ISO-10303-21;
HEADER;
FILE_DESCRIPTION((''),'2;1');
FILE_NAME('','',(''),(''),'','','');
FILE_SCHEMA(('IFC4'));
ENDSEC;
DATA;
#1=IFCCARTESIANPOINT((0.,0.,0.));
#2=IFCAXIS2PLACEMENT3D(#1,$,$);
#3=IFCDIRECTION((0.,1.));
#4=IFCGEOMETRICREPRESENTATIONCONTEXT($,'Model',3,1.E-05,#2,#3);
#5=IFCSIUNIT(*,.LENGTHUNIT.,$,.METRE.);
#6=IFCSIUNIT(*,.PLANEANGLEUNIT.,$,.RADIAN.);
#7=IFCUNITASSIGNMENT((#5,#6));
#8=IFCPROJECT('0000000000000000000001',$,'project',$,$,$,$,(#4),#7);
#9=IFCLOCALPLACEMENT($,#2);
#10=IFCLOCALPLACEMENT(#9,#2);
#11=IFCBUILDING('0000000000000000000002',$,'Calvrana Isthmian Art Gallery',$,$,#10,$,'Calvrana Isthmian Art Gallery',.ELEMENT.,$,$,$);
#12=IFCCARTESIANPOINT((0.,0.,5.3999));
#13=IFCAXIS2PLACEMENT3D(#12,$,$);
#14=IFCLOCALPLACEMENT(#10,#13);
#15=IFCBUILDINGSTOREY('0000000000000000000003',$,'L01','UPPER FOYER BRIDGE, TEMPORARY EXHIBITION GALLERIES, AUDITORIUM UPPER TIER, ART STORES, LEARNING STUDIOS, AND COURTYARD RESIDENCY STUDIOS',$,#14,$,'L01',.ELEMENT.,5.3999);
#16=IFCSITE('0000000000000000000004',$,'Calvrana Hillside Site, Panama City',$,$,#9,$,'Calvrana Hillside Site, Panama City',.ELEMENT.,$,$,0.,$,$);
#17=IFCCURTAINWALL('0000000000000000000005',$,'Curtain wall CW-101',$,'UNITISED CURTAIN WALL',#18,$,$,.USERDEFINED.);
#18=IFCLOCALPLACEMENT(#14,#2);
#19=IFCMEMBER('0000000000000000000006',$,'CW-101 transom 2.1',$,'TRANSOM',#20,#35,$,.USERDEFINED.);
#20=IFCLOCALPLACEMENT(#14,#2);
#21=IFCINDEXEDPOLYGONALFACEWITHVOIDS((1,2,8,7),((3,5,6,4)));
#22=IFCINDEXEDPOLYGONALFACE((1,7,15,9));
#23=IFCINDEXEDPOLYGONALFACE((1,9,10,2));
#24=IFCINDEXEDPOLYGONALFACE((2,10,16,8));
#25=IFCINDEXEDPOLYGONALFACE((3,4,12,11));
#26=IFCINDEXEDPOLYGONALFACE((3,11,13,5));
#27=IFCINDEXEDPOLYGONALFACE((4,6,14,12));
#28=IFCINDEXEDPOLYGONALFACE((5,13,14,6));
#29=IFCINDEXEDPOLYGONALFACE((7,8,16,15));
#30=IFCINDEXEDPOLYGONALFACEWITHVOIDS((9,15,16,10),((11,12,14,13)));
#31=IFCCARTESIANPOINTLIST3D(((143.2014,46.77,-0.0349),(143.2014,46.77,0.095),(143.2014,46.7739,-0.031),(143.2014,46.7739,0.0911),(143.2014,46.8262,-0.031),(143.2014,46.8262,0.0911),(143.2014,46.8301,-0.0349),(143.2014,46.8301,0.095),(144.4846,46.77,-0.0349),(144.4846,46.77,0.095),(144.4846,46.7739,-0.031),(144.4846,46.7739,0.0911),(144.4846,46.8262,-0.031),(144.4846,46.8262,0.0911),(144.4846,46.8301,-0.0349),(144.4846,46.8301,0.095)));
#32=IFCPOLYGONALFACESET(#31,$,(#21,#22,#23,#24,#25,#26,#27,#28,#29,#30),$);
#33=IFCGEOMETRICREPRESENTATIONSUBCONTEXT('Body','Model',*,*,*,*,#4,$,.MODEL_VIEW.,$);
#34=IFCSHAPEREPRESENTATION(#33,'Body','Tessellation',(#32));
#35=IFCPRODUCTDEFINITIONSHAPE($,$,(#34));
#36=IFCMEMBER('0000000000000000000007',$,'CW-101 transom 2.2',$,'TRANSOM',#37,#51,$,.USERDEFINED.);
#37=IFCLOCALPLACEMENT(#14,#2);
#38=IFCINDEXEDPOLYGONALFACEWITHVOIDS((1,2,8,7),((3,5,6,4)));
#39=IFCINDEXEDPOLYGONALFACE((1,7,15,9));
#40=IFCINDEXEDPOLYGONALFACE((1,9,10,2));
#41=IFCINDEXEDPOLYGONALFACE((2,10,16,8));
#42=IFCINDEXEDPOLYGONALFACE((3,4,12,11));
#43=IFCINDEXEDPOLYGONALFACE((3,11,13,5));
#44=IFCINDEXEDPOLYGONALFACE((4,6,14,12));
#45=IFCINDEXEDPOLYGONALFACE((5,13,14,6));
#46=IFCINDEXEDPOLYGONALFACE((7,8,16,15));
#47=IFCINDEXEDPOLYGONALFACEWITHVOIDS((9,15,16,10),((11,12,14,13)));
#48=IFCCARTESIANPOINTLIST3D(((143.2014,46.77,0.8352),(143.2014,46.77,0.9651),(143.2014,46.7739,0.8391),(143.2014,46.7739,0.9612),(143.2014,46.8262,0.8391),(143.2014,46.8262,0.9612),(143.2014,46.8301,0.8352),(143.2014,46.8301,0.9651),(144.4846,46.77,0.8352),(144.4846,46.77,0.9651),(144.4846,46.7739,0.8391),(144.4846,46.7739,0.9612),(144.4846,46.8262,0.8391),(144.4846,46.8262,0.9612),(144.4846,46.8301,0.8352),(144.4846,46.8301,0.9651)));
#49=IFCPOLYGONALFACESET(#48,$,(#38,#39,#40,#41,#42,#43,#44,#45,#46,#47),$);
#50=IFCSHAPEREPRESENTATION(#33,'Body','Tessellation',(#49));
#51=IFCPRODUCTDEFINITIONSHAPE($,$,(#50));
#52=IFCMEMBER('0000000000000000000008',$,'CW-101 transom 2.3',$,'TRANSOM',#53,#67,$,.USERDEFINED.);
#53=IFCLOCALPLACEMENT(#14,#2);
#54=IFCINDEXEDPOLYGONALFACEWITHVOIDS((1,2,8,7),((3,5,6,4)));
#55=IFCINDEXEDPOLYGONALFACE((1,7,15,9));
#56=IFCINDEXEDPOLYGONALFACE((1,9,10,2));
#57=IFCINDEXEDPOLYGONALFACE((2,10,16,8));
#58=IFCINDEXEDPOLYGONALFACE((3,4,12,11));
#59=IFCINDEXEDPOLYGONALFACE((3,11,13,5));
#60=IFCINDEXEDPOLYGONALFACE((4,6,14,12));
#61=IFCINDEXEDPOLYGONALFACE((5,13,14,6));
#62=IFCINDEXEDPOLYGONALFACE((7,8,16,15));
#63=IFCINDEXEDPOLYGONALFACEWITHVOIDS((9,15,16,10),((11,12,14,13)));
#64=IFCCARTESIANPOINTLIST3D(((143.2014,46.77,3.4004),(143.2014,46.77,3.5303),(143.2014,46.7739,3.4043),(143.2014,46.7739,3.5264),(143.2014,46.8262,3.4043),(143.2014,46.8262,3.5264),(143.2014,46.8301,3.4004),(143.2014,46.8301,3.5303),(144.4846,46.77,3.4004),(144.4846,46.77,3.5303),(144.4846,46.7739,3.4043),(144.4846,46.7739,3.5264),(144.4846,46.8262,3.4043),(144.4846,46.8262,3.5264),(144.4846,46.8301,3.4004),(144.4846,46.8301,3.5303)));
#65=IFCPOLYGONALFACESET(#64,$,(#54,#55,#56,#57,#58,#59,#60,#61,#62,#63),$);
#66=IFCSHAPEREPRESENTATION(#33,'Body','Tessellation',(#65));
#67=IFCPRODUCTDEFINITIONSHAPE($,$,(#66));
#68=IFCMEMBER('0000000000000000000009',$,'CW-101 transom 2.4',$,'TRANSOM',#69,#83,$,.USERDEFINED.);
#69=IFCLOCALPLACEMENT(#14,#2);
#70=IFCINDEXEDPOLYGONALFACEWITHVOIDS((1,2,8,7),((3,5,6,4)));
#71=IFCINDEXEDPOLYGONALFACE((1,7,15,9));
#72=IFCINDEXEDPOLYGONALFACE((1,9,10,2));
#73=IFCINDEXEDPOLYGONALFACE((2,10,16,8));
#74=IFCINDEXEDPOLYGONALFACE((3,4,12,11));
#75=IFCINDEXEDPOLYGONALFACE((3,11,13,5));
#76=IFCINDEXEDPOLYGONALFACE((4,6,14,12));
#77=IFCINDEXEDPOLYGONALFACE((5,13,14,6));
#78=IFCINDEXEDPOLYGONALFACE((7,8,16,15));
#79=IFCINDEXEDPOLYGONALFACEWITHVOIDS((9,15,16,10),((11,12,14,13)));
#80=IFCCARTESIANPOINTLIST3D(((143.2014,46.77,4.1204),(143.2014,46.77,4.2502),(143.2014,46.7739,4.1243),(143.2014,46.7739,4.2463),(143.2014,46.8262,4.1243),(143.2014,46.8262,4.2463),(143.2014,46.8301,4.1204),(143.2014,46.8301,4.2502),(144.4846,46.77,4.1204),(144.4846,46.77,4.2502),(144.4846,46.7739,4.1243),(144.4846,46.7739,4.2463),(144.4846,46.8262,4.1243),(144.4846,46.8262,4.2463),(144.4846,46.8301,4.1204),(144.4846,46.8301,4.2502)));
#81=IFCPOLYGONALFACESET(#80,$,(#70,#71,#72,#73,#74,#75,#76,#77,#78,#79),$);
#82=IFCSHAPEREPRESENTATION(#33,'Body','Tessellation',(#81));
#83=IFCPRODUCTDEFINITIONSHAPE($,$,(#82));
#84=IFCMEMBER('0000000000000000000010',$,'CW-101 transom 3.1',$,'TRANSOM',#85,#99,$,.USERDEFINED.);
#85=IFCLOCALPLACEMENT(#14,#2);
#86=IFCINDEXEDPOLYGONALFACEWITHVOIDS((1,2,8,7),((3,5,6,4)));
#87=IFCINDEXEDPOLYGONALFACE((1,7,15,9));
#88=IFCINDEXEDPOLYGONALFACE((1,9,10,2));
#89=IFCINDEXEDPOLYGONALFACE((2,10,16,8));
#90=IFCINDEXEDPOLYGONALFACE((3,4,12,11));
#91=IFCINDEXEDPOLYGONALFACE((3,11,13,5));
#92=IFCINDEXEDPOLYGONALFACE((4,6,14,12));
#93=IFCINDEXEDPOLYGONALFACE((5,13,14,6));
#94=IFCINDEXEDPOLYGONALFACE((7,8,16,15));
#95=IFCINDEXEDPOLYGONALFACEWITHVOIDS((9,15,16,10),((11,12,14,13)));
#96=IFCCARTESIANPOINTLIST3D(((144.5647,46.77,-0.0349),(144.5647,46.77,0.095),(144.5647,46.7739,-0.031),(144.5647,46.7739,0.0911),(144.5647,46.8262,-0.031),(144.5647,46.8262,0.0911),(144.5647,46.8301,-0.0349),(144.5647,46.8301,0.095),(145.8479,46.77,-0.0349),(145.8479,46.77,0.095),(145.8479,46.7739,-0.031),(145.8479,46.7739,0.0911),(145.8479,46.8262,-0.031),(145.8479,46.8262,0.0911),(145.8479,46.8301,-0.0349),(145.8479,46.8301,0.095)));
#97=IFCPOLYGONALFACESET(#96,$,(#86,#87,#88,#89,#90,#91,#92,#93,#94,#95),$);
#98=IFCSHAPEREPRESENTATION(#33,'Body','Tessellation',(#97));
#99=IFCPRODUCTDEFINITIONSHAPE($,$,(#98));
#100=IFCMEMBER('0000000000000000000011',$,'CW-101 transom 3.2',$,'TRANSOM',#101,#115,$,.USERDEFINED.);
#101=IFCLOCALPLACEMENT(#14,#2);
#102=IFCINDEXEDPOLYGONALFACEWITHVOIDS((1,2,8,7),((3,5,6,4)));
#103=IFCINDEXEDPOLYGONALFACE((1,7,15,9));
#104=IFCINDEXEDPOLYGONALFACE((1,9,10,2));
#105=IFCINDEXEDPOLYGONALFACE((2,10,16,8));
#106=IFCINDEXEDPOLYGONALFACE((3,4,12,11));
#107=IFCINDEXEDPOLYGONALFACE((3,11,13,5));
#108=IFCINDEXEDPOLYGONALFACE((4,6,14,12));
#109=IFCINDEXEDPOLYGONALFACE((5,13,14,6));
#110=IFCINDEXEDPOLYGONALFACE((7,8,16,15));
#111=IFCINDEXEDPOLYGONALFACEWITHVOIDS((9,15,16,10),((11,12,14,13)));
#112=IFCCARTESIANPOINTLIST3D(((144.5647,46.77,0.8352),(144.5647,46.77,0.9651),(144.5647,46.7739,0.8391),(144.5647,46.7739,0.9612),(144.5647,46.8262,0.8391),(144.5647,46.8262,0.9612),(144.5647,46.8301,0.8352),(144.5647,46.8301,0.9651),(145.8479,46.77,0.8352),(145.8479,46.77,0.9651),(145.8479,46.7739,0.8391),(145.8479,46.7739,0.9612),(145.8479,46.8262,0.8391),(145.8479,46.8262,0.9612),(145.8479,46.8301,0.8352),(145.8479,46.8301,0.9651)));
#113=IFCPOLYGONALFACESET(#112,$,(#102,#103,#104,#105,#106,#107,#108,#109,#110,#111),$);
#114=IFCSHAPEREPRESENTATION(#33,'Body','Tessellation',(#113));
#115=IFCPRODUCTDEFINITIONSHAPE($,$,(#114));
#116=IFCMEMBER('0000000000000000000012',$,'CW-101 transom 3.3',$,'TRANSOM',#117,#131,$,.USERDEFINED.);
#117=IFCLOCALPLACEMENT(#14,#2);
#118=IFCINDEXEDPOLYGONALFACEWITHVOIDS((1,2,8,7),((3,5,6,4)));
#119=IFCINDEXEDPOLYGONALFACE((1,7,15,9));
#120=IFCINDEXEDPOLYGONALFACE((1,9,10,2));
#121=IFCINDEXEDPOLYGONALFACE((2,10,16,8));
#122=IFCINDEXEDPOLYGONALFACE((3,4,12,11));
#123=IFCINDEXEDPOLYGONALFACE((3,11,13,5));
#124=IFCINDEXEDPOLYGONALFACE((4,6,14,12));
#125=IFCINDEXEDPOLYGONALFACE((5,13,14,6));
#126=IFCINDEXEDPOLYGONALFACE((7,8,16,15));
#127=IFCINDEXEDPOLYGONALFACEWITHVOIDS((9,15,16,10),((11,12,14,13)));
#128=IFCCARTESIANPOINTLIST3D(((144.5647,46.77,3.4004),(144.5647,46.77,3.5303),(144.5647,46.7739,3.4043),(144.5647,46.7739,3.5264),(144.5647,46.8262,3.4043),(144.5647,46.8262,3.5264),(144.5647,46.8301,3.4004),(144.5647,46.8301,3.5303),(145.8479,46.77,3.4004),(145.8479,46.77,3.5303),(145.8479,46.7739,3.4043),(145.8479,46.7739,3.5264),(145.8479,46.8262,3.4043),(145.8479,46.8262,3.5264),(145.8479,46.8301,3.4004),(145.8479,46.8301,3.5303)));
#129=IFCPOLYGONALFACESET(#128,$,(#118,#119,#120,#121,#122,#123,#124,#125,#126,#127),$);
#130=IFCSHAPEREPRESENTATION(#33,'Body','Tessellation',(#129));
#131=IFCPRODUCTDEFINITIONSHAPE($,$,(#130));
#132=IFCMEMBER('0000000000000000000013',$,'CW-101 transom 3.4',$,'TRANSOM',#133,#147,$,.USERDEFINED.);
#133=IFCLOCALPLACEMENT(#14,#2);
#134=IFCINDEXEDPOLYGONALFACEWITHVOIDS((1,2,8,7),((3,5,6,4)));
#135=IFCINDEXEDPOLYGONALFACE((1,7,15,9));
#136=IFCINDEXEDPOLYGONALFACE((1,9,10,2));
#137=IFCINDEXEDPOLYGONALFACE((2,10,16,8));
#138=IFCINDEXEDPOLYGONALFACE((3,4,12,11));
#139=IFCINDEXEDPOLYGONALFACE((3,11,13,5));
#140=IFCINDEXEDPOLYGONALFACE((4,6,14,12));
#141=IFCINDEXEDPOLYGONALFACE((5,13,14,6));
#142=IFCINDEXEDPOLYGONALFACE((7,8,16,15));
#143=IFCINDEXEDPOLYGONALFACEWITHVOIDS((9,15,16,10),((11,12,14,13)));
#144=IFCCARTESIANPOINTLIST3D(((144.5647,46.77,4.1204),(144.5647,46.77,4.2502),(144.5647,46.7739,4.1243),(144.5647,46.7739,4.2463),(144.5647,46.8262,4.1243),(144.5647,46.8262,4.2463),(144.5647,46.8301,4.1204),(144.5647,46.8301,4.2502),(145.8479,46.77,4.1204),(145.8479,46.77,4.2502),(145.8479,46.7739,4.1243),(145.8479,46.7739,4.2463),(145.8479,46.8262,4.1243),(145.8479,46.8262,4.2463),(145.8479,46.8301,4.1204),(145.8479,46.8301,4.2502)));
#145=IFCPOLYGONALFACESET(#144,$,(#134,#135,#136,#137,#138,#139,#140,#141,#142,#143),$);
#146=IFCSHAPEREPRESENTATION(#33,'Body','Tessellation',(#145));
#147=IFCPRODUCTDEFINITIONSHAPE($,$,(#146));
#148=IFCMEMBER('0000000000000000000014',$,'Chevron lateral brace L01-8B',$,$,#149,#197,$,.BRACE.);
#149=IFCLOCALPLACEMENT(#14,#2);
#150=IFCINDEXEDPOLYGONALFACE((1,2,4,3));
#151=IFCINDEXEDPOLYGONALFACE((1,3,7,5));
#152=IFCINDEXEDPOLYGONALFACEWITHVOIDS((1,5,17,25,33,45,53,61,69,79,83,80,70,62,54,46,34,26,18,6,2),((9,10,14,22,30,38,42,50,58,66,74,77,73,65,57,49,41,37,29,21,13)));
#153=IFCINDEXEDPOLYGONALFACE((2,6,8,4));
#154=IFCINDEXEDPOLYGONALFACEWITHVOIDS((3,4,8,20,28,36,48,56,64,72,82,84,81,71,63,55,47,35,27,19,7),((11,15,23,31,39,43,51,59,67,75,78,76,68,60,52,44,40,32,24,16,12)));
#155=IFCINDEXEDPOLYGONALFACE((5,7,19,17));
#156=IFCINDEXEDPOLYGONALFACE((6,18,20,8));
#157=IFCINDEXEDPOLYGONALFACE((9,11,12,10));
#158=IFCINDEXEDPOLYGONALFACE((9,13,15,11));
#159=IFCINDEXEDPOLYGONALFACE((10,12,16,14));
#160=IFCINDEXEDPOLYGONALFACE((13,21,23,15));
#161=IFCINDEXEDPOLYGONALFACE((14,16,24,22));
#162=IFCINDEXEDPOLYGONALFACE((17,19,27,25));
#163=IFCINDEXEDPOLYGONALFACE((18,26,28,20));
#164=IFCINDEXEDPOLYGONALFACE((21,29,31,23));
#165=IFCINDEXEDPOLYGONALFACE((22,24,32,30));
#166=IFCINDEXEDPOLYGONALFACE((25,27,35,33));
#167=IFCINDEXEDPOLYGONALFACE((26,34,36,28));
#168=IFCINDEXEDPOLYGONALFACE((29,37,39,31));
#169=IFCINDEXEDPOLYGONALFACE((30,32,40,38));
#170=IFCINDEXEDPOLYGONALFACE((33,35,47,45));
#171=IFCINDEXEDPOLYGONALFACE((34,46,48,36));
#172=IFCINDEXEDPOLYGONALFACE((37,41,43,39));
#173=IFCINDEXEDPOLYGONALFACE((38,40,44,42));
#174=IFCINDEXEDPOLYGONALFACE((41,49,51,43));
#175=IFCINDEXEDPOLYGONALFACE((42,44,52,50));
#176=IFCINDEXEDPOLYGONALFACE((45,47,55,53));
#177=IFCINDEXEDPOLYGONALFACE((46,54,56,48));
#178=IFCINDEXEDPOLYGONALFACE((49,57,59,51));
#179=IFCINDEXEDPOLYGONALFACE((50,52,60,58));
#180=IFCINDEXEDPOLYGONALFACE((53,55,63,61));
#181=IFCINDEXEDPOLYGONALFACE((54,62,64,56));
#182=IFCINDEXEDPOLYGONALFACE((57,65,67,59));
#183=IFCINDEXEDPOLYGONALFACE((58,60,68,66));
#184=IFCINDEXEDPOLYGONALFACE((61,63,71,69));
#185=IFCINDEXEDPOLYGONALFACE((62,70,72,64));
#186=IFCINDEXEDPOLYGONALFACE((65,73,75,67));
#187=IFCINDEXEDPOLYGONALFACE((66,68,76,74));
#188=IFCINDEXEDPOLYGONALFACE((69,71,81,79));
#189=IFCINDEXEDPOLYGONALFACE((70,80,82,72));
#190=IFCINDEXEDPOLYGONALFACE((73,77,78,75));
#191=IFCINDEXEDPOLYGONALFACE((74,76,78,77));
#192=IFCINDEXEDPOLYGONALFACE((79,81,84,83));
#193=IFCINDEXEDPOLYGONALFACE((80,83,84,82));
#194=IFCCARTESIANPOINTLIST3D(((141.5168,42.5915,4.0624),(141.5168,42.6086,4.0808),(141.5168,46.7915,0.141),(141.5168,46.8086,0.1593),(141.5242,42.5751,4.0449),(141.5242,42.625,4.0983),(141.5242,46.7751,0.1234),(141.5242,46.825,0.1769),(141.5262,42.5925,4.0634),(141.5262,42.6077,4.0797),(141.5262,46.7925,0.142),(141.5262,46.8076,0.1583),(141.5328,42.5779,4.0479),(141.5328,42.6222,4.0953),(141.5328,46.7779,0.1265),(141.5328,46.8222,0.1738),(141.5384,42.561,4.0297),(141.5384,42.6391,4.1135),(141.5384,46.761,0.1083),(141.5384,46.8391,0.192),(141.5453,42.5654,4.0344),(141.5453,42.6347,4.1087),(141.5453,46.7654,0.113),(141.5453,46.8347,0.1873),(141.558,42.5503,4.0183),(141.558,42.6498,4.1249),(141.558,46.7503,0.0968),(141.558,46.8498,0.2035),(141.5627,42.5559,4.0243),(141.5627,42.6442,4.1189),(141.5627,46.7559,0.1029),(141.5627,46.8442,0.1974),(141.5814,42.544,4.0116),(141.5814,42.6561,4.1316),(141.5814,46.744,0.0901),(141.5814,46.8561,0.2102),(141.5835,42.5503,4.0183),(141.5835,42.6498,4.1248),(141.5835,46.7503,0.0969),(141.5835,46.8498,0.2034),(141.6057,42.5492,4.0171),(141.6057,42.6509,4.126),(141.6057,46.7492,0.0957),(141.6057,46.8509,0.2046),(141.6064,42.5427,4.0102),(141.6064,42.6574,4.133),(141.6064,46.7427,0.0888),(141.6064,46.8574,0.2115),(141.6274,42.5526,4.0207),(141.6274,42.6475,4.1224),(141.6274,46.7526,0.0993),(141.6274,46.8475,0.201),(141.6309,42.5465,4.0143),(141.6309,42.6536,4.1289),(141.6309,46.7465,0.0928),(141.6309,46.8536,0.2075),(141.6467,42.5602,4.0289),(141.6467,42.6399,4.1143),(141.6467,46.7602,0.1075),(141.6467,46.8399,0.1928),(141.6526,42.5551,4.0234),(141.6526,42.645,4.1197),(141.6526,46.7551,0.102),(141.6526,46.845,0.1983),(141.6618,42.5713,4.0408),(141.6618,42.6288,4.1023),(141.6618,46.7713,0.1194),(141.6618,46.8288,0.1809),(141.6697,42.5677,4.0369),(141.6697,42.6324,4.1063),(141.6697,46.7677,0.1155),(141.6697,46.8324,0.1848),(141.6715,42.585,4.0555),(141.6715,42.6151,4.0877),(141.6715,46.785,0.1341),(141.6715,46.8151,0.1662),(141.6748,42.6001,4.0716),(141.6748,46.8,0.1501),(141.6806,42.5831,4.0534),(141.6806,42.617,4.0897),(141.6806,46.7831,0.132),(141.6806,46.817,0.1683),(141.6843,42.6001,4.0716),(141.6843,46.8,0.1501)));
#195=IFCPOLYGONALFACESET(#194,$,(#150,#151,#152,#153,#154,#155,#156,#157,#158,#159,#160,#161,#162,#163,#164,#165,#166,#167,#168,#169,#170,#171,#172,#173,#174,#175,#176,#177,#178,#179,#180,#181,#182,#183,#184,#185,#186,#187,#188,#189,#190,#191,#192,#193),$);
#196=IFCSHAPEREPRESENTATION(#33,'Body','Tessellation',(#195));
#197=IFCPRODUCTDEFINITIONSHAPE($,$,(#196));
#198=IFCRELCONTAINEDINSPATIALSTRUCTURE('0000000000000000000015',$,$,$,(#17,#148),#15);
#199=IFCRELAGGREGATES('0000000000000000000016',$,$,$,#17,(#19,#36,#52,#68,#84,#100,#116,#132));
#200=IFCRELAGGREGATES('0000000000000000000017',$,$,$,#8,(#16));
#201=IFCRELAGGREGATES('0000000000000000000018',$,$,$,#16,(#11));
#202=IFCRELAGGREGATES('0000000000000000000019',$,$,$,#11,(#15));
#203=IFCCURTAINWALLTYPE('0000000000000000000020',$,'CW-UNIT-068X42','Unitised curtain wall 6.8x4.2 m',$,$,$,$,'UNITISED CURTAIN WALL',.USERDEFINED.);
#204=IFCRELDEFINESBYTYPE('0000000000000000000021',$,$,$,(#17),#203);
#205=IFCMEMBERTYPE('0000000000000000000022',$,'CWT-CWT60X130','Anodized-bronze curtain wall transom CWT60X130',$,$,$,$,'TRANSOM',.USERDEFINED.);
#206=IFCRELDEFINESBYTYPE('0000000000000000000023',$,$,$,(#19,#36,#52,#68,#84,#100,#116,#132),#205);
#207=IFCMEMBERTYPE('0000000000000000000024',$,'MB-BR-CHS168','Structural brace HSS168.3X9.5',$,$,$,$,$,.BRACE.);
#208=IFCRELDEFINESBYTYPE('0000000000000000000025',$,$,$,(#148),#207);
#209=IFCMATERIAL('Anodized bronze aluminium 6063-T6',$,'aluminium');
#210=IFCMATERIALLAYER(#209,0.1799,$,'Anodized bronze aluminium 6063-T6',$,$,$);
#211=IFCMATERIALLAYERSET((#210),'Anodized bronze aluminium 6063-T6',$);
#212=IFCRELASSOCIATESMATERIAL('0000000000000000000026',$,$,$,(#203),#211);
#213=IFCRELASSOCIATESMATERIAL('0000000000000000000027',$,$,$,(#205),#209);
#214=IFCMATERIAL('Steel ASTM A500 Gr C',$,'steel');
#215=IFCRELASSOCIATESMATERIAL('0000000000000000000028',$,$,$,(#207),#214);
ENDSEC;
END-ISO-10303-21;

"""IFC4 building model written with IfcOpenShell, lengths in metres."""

from ifc_helpers import new_model, si_unit, direction, frame, origin, origin_2d, place, context, subcontext, project, spatial, hollow_rectangle, hollow_circle, extrude, material, layer, layer_set, material_profile, profile_set, type_object, element, aggregate, save


model = new_model("IFC4")

# Units and contexts
model_context = context("Model", 3, precision=1e-05, world=origin(), true_north=direction((0.0, 1.0)))
body_context = subcontext(model_context, "Body", "Model", "MODEL_VIEW")
ifc_project = project(units=[si_unit("LENGTHUNIT", "METRE"), si_unit("PLANEANGLEUNIT", "RADIAN")], contexts=[model_context])

# Site, building, storey
site_placement = place(None, origin())
site = spatial("IfcSite", under=ifc_project, at=site_placement, Name="Calvrana Hillside Site, Panama City", LongName="Calvrana Hillside Site, Panama City", CompositionType="ELEMENT", RefElevation=0.0)
building_placement = place(site_placement, origin())
building = spatial("IfcBuilding", under=site, at=building_placement, Name="Calvrana Isthmian Art Gallery", LongName="Calvrana Isthmian Art Gallery", CompositionType="ELEMENT")
storey_placement = place(building_placement, frame((0.0, 0.0, 5.3999)))
storey = spatial("IfcBuildingStorey", under=building, at=storey_placement, Name="L01", Description="UPPER FOYER BRIDGE, TEMPORARY EXHIBITION GALLERIES, AUDITORIUM UPPER TIER, ART STORES, LEARNING STUDIOS, AND COURTYARD RESIDENCY STUDIOS", LongName="L01", CompositionType="ELEMENT", Elevation=5.3999)

# Shared definitions
ifc_material_1 = material(Name="Anodized bronze aluminium 6063-T6", Category="aluminium")

# Curtain wall, members
ifc_layer_1 = layer(ifc_material_1, 0.1799, Name="Anodized bronze aluminium 6063-T6")
ifc_layer_set_1 = layer_set([ifc_layer_1], Name="Anodized bronze aluminium 6063-T6")
curtain_wall_type_1 = type_object("IfcCurtainWallType", Name="CW-UNIT-068X42", Description="Unitised curtain wall 6.8x4.2 m", ElementType="UNITISED CURTAIN WALL", PredefinedType="USERDEFINED", material=ifc_layer_set_1)
curtain_wall_1_placement = place(storey_placement, origin())
curtain_wall_1 = element("IfcCurtainWall", 1, at=curtain_wall_1_placement, inside=storey, type_object=curtain_wall_type_1, Name="Curtain wall CW-101", ObjectType="UNITISED CURTAIN WALL", PredefinedType="USERDEFINED")
ifc_material_profile_1 = material_profile(ifc_material_1, hollow_rectangle(XDim=0.0601, YDim=0.1299, WallThickness=0.0039, at=origin_2d()), Name="CWT60X130")
ifc_profile_set_1 = profile_set([ifc_material_profile_1], Name="Anodized bronze aluminium 6063-T6")
member_type_1 = type_object("IfcMemberType", Name="CWT-CWT60X130", Description="Anodized-bronze curtain wall transom CWT60X130", ElementType="TRANSOM", PredefinedType="USERDEFINED", material=ifc_profile_set_1)
member_1_placement = place(storey_placement, frame((143.2014, 46.8, 0.03), z_axis=(1.0, 0.0, 0.0), x_axis=(0.0, 1.0, 0.0)))
member_1 = element("IfcMember", 2, at=member_1_placement, type_object=member_type_1, Name="CW-101 transom 2.1", ObjectType="TRANSOM", PredefinedType="USERDEFINED", context=body_context, shape_type="SweptSolid", body=[
    extrude(hollow_rectangle(XDim=0.0601, YDim=0.1299, WallThickness=0.0039, at=origin_2d()), origin(), (0.0, 0.0, 1.0), 1.2832),
])
member_2_placement = place(storey_placement, frame((143.2014, 46.8, 0.9001), z_axis=(1.0, 0.0, 0.0), x_axis=(0.0, 1.0, 0.0)))
member_2 = element("IfcMember", 3, at=member_2_placement, type_object=member_type_1, Name="CW-101 transom 2.2", ObjectType="TRANSOM", PredefinedType="USERDEFINED", context=body_context, shape_type="SweptSolid", body=[
    extrude(hollow_rectangle(XDim=0.0601, YDim=0.1299, WallThickness=0.0039, at=origin_2d()), origin(), (0.0, 0.0, 1.0), 1.2832),
])
member_3_placement = place(storey_placement, frame((143.2014, 46.8, 3.4653), z_axis=(1.0, 0.0, 0.0), x_axis=(0.0, 1.0, 0.0)))
member_3 = element("IfcMember", 4, at=member_3_placement, type_object=member_type_1, Name="CW-101 transom 2.3", ObjectType="TRANSOM", PredefinedType="USERDEFINED", context=body_context, shape_type="SweptSolid", body=[
    extrude(hollow_rectangle(XDim=0.0601, YDim=0.1299, WallThickness=0.0039, at=origin_2d()), origin(), (0.0, 0.0, 1.0), 1.2832),
])
member_4_placement = place(storey_placement, frame((143.2014, 46.8, 4.1853), z_axis=(1.0, 0.0, 0.0), x_axis=(0.0, 1.0, 0.0)))
member_4 = element("IfcMember", 5, at=member_4_placement, type_object=member_type_1, Name="CW-101 transom 2.4", ObjectType="TRANSOM", PredefinedType="USERDEFINED", context=body_context, shape_type="SweptSolid", body=[
    extrude(hollow_rectangle(XDim=0.0601, YDim=0.1299, WallThickness=0.0039, at=origin_2d()), origin(), (0.0, 0.0, 1.0), 1.2832),
])
member_5_placement = place(storey_placement, frame((144.5647, 46.8, 0.03), z_axis=(1.0, 0.0, 0.0), x_axis=(0.0, 1.0, 0.0)))
member_5 = element("IfcMember", 6, at=member_5_placement, type_object=member_type_1, Name="CW-101 transom 3.1", ObjectType="TRANSOM", PredefinedType="USERDEFINED", context=body_context, shape_type="SweptSolid", body=[
    extrude(hollow_rectangle(XDim=0.0601, YDim=0.1299, WallThickness=0.0039, at=origin_2d()), origin(), (0.0, 0.0, 1.0), 1.2832),
])
member_6_placement = place(storey_placement, frame((144.5647, 46.8, 0.9001), z_axis=(1.0, 0.0, 0.0), x_axis=(0.0, 1.0, 0.0)))
member_6 = element("IfcMember", 7, at=member_6_placement, type_object=member_type_1, Name="CW-101 transom 3.2", ObjectType="TRANSOM", PredefinedType="USERDEFINED", context=body_context, shape_type="SweptSolid", body=[
    extrude(hollow_rectangle(XDim=0.0601, YDim=0.1299, WallThickness=0.0039, at=origin_2d()), origin(), (0.0, 0.0, 1.0), 1.2832),
])
member_7_placement = place(storey_placement, frame((144.5647, 46.8, 3.4653), z_axis=(1.0, 0.0, 0.0), x_axis=(0.0, 1.0, 0.0)))
member_7 = element("IfcMember", 8, at=member_7_placement, type_object=member_type_1, Name="CW-101 transom 3.3", ObjectType="TRANSOM", PredefinedType="USERDEFINED", context=body_context, shape_type="SweptSolid", body=[
    extrude(hollow_rectangle(XDim=0.0601, YDim=0.1299, WallThickness=0.0039, at=origin_2d()), origin(), (0.0, 0.0, 1.0), 1.2832),
])
member_8_placement = place(storey_placement, frame((144.5647, 46.8, 4.1853), z_axis=(1.0, 0.0, 0.0), x_axis=(0.0, 1.0, 0.0)))
member_8 = element("IfcMember", 9, at=member_8_placement, type_object=member_type_1, Name="CW-101 transom 3.4", ObjectType="TRANSOM", PredefinedType="USERDEFINED", context=body_context, shape_type="SweptSolid", body=[
    extrude(hollow_rectangle(XDim=0.0601, YDim=0.1299, WallThickness=0.0039, at=origin_2d()), origin(), (0.0, 0.0, 1.0), 1.2832),
])

# Member
ifc_material_2 = material(Name="Steel ASTM A500 Gr C", Category="steel")
ifc_material_profile_2 = material_profile(ifc_material_2, hollow_circle(Radius=0.0842, WallThickness=0.0095, at=origin_2d()), Name="HSS168.3X9.5")
ifc_profile_set_2 = profile_set([ifc_material_profile_2], Name="Steel ASTM A500 Gr C")
member_type_2 = type_object("IfcMemberType", Name="MB-BR-CHS168", Description="Structural brace HSS168.3X9.5", PredefinedType="BRACE", material=ifc_profile_set_2)
member_9_placement = place(storey_placement, frame((141.6001, 46.8, 0.1501), z_axis=(0.0, -0.730931, 0.682451), x_axis=(1.0, 0.0, 0.0)))
element("IfcMember", 10, at=member_9_placement, inside=storey, type_object=member_type_2, Name="Chevron lateral brace L01-8B", PredefinedType="BRACE", context=body_context, shape_type="SweptSolid", body=[
    extrude(hollow_circle(Radius=0.0842, WallThickness=0.0095, at=origin_2d()), origin(), (0.0, 0.0, 1.0), 5.7461),
])

aggregate(curtain_wall_1, [member_1, member_2, member_3, member_4, member_5, member_6, member_7, member_8])

save(model, "model.ifc")
